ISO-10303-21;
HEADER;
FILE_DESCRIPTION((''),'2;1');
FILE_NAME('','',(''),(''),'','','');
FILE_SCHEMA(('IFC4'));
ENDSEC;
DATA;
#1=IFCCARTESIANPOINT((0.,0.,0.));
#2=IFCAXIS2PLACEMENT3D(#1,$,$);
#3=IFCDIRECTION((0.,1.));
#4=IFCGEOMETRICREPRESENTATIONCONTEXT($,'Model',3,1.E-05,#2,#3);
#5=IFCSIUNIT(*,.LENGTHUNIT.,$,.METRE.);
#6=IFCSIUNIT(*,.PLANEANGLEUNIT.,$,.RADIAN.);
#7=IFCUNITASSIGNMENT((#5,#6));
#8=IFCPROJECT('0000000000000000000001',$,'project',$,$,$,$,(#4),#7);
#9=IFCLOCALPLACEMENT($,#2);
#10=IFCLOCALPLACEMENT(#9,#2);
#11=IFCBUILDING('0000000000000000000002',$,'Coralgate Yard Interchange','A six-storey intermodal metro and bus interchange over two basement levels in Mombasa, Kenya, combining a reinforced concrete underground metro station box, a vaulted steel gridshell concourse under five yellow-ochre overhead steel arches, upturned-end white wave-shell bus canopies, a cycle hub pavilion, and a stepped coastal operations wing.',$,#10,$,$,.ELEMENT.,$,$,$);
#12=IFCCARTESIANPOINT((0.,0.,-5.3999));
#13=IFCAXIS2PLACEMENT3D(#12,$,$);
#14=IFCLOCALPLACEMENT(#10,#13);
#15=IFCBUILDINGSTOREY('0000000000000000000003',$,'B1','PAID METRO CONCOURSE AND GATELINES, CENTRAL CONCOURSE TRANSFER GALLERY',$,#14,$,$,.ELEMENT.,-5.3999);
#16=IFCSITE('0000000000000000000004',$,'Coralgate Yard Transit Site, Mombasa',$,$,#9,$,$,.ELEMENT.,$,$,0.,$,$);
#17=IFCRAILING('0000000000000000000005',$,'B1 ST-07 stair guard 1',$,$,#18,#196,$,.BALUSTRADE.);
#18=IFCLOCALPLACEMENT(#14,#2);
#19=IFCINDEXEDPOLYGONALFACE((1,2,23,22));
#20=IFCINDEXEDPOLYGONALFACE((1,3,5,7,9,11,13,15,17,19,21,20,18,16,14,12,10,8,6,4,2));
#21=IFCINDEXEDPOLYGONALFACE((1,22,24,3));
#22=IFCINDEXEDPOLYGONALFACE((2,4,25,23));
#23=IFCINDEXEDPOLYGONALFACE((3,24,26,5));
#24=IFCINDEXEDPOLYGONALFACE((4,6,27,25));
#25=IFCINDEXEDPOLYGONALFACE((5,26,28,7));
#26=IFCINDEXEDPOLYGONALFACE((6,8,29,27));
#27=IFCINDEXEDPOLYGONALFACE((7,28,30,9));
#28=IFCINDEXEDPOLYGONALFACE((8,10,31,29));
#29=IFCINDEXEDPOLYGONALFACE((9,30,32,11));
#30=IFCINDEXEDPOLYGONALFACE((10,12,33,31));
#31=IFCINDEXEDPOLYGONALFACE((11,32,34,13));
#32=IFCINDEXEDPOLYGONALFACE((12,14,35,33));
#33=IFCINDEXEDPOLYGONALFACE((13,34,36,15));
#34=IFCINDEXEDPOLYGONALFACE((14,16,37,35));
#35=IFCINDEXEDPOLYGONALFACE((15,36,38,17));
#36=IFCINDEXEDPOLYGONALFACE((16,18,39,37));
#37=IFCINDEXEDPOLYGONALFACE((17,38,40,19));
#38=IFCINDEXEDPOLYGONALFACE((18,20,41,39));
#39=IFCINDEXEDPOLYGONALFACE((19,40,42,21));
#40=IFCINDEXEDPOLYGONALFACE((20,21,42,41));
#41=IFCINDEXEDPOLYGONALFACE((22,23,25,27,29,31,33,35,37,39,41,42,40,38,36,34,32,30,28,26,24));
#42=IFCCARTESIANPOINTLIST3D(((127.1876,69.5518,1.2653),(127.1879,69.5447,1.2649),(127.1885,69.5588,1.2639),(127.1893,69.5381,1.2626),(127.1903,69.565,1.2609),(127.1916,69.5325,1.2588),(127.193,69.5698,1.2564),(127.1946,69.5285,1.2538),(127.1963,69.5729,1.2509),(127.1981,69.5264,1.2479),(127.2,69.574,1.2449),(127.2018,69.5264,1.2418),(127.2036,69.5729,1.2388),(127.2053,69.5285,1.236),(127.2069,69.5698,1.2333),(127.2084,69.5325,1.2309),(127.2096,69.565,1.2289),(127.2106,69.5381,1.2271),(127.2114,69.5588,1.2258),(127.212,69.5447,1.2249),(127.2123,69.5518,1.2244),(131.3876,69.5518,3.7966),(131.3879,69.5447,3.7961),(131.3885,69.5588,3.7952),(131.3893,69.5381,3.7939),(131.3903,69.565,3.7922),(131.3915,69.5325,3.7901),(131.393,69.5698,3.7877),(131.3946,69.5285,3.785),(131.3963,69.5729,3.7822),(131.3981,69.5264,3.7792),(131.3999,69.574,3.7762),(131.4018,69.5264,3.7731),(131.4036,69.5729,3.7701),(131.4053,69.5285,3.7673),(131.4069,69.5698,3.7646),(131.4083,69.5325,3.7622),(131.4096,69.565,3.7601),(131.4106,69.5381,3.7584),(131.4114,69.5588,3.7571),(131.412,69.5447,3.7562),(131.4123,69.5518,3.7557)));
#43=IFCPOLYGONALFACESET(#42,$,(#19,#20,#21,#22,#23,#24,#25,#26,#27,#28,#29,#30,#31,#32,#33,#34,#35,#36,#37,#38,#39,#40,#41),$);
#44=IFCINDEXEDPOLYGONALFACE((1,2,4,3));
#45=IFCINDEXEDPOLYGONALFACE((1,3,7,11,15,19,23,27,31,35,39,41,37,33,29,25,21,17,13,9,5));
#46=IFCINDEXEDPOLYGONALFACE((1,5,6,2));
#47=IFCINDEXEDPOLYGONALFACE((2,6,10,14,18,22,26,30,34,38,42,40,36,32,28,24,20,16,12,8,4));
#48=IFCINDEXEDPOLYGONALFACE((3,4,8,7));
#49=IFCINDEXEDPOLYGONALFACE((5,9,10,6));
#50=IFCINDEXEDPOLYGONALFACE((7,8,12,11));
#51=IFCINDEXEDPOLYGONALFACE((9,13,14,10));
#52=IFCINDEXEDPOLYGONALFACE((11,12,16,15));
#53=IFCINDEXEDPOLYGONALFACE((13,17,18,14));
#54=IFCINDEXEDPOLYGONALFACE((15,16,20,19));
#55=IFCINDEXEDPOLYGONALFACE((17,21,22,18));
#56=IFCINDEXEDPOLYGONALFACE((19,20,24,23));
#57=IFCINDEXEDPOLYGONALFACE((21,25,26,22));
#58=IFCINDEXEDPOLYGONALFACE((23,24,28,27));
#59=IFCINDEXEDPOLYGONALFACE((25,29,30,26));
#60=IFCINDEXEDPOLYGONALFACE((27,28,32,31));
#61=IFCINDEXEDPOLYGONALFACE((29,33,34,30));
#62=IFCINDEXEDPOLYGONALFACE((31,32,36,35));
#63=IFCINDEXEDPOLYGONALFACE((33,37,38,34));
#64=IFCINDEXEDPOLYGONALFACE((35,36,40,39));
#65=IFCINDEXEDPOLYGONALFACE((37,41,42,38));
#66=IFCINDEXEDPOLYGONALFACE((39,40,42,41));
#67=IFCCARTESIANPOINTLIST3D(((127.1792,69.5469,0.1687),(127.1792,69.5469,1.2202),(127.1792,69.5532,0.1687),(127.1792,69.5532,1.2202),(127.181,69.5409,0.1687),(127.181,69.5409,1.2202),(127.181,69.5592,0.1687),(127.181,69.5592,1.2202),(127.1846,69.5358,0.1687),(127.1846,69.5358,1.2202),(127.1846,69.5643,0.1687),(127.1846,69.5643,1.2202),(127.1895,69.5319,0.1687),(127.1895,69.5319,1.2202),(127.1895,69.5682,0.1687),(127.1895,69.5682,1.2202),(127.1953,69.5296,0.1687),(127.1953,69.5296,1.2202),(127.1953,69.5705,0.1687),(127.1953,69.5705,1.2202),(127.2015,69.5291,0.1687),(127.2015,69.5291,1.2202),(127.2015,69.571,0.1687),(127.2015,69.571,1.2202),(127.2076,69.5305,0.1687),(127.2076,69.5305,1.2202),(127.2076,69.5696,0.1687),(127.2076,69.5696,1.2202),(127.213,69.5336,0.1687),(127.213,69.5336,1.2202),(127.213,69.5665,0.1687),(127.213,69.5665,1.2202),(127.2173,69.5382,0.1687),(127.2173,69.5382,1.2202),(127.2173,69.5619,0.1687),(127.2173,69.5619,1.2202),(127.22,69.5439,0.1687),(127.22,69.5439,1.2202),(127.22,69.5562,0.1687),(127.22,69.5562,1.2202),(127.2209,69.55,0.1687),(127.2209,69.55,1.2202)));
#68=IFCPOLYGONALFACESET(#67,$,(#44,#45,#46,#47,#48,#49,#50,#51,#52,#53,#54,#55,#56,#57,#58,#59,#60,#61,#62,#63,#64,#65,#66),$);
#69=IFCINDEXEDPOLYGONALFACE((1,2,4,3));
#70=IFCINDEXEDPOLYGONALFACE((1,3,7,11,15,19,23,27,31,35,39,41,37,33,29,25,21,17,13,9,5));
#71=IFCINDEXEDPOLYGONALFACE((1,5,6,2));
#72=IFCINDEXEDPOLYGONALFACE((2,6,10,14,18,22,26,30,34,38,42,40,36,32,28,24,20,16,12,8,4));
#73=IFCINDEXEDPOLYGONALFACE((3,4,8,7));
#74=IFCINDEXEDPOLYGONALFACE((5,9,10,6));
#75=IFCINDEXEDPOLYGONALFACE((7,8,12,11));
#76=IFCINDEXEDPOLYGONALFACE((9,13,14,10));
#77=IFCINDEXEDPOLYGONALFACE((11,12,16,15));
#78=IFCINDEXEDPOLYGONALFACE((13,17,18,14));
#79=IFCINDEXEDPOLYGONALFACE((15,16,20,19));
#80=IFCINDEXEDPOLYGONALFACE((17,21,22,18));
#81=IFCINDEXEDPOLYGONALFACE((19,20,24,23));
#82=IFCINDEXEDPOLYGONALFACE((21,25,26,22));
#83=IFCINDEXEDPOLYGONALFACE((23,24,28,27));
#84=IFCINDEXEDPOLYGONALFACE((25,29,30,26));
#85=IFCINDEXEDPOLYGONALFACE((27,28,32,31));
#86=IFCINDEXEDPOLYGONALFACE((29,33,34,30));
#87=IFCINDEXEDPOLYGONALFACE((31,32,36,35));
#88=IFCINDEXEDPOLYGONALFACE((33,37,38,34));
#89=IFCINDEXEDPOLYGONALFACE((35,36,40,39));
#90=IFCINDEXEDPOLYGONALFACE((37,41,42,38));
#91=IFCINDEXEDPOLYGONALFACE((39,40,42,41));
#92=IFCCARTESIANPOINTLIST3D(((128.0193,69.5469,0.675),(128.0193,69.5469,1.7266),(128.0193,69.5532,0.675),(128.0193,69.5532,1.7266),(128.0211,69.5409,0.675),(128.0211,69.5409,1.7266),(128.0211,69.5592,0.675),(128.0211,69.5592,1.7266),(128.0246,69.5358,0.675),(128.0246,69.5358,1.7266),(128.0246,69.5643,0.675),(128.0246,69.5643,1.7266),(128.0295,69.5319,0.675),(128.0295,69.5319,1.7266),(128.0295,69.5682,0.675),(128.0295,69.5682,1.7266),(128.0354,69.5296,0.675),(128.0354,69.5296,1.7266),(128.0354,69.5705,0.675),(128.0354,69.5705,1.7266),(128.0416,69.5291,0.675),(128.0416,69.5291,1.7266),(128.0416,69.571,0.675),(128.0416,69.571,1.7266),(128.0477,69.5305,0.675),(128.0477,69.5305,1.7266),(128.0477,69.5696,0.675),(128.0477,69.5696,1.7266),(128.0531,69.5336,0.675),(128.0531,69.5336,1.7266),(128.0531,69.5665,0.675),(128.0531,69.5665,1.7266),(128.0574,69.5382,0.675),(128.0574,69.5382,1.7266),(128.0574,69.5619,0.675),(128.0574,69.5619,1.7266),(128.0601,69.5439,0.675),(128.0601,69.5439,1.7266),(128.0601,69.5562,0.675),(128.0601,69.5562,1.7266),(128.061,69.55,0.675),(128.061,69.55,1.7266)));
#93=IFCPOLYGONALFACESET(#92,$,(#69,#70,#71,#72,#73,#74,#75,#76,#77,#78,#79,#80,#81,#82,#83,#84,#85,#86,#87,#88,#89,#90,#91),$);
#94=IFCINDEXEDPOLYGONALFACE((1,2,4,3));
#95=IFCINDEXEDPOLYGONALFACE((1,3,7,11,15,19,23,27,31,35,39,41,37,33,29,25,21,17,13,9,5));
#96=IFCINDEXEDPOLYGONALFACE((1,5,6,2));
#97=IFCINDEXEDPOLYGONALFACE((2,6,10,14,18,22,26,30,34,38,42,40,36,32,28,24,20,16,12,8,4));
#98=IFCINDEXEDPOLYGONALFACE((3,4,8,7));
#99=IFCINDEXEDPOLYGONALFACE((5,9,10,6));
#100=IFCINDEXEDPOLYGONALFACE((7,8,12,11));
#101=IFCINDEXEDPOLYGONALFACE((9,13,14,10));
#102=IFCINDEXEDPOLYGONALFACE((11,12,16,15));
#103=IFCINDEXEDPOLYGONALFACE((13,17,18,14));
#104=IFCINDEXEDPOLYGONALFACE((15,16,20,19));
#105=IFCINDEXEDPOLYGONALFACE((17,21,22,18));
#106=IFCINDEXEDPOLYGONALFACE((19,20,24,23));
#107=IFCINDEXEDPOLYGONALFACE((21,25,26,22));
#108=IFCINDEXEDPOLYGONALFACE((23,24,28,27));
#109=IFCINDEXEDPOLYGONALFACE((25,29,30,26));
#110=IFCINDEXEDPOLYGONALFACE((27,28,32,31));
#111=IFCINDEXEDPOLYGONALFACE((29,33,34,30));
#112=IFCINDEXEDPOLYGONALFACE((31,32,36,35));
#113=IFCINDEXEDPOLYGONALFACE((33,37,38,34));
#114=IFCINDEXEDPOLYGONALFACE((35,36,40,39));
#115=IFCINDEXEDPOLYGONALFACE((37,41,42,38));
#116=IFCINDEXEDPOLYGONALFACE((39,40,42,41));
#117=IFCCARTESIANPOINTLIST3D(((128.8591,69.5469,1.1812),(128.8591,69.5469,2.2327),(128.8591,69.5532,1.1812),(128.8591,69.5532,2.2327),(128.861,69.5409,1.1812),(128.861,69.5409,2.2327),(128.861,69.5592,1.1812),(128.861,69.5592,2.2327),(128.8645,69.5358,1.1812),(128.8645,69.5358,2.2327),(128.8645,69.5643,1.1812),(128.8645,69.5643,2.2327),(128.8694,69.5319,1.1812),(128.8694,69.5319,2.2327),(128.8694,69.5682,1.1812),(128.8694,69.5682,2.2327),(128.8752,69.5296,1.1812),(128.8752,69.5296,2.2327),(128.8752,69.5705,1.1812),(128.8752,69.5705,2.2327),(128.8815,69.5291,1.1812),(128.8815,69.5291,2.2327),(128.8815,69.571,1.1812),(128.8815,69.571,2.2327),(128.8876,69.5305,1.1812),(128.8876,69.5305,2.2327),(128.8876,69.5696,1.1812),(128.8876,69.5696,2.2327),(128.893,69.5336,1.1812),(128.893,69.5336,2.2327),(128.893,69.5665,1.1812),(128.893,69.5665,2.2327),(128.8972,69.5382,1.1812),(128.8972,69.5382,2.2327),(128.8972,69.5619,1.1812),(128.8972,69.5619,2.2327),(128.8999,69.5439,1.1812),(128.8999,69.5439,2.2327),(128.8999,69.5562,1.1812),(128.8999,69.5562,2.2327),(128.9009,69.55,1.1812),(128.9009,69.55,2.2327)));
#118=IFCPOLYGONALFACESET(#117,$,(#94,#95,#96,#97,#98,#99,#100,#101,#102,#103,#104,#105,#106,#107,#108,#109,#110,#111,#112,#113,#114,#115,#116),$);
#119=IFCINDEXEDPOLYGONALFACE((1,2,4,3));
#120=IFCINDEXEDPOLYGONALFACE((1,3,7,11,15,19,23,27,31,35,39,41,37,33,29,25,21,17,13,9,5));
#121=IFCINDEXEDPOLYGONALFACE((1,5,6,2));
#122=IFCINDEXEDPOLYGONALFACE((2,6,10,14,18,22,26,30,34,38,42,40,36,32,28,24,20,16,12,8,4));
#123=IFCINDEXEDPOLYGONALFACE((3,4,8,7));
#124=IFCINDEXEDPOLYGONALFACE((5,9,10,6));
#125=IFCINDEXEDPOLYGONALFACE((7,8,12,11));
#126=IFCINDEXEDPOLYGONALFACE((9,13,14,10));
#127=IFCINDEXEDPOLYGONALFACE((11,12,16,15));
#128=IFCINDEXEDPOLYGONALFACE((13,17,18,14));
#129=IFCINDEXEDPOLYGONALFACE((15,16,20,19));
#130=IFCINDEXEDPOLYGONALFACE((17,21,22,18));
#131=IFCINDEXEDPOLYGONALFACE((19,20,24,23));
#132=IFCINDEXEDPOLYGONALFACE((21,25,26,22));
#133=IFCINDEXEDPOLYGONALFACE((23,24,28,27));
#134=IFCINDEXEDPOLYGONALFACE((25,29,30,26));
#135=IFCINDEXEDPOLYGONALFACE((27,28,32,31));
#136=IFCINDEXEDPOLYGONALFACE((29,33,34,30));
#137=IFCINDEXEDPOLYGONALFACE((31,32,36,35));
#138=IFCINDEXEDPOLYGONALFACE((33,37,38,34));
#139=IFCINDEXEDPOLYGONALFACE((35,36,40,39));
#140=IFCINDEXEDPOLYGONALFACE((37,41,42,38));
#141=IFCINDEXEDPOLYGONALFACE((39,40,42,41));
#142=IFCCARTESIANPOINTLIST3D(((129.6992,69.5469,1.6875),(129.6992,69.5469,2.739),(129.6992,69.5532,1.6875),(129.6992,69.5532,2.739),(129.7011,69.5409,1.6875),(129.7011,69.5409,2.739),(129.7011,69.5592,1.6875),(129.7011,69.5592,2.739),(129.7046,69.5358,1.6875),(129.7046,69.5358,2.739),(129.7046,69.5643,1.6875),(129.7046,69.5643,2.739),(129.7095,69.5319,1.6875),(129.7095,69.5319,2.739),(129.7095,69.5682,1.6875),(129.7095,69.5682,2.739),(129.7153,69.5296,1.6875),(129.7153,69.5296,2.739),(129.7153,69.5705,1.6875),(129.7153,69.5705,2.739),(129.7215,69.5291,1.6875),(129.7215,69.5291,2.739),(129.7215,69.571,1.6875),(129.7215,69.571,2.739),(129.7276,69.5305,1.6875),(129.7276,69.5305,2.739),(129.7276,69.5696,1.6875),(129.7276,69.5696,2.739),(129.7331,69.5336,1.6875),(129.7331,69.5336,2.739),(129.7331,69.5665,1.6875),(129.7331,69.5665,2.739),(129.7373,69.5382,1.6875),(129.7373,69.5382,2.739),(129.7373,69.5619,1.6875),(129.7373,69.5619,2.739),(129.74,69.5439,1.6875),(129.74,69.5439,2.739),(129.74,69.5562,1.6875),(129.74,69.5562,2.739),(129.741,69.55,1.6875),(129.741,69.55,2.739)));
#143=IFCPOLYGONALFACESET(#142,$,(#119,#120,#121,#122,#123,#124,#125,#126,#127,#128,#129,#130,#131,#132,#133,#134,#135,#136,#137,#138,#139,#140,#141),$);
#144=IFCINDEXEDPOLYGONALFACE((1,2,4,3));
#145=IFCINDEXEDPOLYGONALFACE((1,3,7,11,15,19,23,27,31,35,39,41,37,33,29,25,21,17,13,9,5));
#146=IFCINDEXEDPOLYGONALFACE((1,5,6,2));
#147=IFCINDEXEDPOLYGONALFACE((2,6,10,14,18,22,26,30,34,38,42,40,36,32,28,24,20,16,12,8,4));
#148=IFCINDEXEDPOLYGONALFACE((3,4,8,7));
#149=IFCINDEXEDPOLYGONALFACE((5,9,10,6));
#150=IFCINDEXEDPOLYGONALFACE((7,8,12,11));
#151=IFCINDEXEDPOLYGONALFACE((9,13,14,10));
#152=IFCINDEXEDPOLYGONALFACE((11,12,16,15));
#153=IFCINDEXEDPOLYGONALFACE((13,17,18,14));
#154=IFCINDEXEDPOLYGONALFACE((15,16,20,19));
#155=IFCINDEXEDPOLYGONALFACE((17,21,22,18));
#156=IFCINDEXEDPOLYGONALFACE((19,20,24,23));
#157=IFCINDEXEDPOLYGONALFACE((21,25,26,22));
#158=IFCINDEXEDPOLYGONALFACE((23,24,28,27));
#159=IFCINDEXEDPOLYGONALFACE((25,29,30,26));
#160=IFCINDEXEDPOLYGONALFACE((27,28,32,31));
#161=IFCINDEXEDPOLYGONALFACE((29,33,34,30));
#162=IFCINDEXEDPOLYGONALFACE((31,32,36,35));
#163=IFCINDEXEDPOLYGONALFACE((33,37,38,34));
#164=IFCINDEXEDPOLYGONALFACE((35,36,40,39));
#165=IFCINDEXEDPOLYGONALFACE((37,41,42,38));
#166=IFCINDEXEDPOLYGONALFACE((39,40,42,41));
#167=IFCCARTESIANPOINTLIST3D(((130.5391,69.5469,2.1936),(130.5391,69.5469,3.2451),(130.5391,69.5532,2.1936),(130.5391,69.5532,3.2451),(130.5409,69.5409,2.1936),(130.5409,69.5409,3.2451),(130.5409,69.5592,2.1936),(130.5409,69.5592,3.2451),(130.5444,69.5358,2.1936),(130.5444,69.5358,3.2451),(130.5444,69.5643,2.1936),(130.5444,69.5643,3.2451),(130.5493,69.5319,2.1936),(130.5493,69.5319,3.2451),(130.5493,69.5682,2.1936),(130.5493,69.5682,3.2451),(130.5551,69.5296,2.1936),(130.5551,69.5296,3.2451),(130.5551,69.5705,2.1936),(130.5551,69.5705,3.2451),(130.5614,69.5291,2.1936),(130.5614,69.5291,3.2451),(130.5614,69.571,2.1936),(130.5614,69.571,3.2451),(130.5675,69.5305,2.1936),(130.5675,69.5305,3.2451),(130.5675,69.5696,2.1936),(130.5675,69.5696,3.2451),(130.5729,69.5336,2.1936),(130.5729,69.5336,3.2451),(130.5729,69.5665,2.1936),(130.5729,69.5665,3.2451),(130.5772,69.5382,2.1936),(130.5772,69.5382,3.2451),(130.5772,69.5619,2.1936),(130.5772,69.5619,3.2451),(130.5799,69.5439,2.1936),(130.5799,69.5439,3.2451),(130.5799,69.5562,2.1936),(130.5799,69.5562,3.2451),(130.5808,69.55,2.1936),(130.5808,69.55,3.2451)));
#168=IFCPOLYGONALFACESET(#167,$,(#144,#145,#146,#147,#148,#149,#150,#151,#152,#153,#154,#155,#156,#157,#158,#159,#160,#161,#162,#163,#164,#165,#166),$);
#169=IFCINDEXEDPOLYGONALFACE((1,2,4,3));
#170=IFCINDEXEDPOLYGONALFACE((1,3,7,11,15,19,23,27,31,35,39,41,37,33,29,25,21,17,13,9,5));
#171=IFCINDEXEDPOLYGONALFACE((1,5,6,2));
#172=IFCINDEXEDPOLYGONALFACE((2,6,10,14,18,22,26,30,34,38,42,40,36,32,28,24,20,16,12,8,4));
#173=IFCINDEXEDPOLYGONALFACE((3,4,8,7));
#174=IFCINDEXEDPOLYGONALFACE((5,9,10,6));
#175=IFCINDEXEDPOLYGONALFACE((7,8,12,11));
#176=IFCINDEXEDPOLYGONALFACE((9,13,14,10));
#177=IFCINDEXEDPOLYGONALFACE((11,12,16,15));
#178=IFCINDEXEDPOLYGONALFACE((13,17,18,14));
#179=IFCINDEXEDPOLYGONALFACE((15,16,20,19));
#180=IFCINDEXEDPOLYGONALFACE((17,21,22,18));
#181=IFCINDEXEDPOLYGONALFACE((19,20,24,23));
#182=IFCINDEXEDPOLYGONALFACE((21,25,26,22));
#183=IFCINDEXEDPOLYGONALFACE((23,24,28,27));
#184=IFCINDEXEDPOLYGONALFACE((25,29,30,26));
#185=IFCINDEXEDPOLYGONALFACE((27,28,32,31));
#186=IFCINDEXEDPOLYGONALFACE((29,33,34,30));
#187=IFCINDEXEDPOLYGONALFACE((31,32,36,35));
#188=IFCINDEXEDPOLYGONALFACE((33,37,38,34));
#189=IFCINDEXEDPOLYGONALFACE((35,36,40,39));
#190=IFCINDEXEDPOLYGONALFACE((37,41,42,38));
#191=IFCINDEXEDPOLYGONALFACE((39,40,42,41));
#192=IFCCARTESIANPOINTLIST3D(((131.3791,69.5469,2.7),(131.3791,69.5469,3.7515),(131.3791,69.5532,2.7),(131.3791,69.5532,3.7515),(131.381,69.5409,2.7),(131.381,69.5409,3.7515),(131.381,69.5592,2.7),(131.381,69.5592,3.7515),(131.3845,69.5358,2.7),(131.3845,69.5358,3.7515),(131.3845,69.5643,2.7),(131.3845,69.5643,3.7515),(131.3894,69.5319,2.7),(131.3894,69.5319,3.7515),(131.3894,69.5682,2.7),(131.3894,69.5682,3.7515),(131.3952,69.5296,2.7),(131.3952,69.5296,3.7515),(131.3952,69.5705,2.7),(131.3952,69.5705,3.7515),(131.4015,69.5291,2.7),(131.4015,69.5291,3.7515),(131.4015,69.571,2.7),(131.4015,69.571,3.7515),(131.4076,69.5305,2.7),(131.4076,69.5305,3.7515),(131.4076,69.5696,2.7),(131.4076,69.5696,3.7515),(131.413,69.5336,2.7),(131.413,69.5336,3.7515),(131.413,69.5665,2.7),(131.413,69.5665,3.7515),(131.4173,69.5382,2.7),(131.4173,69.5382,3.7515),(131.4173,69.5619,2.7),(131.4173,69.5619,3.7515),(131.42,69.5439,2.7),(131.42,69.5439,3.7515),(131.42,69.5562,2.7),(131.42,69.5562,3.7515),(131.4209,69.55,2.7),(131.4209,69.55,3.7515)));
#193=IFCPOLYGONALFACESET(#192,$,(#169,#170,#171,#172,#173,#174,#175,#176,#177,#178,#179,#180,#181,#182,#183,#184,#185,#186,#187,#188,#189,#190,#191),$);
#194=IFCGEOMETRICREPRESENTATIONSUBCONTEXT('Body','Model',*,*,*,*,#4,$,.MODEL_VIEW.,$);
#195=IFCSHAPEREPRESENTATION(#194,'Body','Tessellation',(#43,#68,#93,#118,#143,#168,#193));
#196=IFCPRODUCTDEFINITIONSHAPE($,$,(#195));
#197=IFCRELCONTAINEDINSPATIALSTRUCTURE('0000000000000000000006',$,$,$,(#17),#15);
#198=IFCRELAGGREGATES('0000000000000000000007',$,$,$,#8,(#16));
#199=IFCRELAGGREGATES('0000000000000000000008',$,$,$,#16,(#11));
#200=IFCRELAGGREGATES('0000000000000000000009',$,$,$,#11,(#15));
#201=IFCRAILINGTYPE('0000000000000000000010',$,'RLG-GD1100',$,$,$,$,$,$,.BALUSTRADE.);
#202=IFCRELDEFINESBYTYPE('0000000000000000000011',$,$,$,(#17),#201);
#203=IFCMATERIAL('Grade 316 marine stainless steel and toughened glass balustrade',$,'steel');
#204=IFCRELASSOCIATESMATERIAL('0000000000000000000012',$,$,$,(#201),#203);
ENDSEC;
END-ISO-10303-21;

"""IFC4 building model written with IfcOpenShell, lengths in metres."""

from ifc_helpers import new_model, si_unit, direction, frame, origin, origin_2d, place, context, subcontext, project, spatial, circle, extrude, material, type_object, element, save


model = new_model("IFC4")

# Units and contexts
model_context = context("Model", 3, precision=1e-05, world=origin(), true_north=direction((0.0, 1.0)))
body_context = subcontext(model_context, "Body", "Model", "MODEL_VIEW")
ifc_project = project(units=[si_unit("LENGTHUNIT", "METRE"), si_unit("PLANEANGLEUNIT", "RADIAN")], contexts=[model_context])

# Site, building, storey
site_placement = place(None, origin())
site = spatial("IfcSite", under=ifc_project, at=site_placement, Name="Coralgate Yard Transit Site, Mombasa", CompositionType="ELEMENT", RefElevation=0.0)
building_placement = place(site_placement, origin())
building = spatial("IfcBuilding", under=site, at=building_placement, Name="Coralgate Yard Interchange", Description="A six-storey intermodal metro and bus interchange over two basement levels in Mombasa, Kenya, combining a reinforced concrete underground metro station box, a vaulted steel gridshell concourse under five yellow-ochre overhead steel arches, upturned-end white wave-shell bus canopies, a cycle hub pavilion, and a stepped coastal operations wing.", CompositionType="ELEMENT")
storey_placement = place(building_placement, frame((0.0, 0.0, -5.3999)))
storey = spatial("IfcBuildingStorey", under=building, at=storey_placement, Name="B1", Description="PAID METRO CONCOURSE AND GATELINES, CENTRAL CONCOURSE TRANSFER GALLERY", CompositionType="ELEMENT", Elevation=-5.3999)

# Railing
ifc_material_1 = material(Name="Grade 316 marine stainless steel and toughened glass balustrade", Category="steel")
railing_type_1 = type_object("IfcRailingType", Name="RLG-GD1100", PredefinedType="BALUSTRADE", material=ifc_material_1)
railing_1_placement = place(storey_placement, frame((127.2, 69.55, 0.1687)))
element("IfcRailing", 1, at=railing_1_placement, inside=storey, type_object=railing_type_1, Name="B1 ST-07 stair guard 1", PredefinedType="BALUSTRADE", context=body_context, shape_type="SweptSolid", body=[
    extrude(circle(Radius=0.0239, at=origin_2d()), frame((0.0, 0.0, 1.0762), z_axis=(0.856476, 0.0, 0.516186), x_axis=(0.0, 1.0, 0.0)), (0.0, 0.0, 1.0), 4.9038),
    extrude(circle(Radius=0.021, at=origin_2d()), origin(), (0.0, 0.0, 1.0), 1.0515),
    extrude(circle(Radius=0.021, at=origin_2d()), frame((0.8401, 0.0, 0.5063)), (0.0, 0.0, 1.0), 1.0515),
    extrude(circle(Radius=0.021, at=origin_2d()), frame((1.6799, 0.0, 1.0125)), (0.0, 0.0, 1.0), 1.0515),
    extrude(circle(Radius=0.021, at=origin_2d()), frame((2.52, 0.0, 1.5188)), (0.0, 0.0, 1.0), 1.0515),
    extrude(circle(Radius=0.021, at=origin_2d()), frame((3.3599, 0.0, 2.0249)), (0.0, 0.0, 1.0), 1.0515),
    extrude(circle(Radius=0.021, at=origin_2d()), frame((4.2, 0.0, 2.5312)), (0.0, 0.0, 1.0), 1.0515),
])

save(model, "model.ifc")
